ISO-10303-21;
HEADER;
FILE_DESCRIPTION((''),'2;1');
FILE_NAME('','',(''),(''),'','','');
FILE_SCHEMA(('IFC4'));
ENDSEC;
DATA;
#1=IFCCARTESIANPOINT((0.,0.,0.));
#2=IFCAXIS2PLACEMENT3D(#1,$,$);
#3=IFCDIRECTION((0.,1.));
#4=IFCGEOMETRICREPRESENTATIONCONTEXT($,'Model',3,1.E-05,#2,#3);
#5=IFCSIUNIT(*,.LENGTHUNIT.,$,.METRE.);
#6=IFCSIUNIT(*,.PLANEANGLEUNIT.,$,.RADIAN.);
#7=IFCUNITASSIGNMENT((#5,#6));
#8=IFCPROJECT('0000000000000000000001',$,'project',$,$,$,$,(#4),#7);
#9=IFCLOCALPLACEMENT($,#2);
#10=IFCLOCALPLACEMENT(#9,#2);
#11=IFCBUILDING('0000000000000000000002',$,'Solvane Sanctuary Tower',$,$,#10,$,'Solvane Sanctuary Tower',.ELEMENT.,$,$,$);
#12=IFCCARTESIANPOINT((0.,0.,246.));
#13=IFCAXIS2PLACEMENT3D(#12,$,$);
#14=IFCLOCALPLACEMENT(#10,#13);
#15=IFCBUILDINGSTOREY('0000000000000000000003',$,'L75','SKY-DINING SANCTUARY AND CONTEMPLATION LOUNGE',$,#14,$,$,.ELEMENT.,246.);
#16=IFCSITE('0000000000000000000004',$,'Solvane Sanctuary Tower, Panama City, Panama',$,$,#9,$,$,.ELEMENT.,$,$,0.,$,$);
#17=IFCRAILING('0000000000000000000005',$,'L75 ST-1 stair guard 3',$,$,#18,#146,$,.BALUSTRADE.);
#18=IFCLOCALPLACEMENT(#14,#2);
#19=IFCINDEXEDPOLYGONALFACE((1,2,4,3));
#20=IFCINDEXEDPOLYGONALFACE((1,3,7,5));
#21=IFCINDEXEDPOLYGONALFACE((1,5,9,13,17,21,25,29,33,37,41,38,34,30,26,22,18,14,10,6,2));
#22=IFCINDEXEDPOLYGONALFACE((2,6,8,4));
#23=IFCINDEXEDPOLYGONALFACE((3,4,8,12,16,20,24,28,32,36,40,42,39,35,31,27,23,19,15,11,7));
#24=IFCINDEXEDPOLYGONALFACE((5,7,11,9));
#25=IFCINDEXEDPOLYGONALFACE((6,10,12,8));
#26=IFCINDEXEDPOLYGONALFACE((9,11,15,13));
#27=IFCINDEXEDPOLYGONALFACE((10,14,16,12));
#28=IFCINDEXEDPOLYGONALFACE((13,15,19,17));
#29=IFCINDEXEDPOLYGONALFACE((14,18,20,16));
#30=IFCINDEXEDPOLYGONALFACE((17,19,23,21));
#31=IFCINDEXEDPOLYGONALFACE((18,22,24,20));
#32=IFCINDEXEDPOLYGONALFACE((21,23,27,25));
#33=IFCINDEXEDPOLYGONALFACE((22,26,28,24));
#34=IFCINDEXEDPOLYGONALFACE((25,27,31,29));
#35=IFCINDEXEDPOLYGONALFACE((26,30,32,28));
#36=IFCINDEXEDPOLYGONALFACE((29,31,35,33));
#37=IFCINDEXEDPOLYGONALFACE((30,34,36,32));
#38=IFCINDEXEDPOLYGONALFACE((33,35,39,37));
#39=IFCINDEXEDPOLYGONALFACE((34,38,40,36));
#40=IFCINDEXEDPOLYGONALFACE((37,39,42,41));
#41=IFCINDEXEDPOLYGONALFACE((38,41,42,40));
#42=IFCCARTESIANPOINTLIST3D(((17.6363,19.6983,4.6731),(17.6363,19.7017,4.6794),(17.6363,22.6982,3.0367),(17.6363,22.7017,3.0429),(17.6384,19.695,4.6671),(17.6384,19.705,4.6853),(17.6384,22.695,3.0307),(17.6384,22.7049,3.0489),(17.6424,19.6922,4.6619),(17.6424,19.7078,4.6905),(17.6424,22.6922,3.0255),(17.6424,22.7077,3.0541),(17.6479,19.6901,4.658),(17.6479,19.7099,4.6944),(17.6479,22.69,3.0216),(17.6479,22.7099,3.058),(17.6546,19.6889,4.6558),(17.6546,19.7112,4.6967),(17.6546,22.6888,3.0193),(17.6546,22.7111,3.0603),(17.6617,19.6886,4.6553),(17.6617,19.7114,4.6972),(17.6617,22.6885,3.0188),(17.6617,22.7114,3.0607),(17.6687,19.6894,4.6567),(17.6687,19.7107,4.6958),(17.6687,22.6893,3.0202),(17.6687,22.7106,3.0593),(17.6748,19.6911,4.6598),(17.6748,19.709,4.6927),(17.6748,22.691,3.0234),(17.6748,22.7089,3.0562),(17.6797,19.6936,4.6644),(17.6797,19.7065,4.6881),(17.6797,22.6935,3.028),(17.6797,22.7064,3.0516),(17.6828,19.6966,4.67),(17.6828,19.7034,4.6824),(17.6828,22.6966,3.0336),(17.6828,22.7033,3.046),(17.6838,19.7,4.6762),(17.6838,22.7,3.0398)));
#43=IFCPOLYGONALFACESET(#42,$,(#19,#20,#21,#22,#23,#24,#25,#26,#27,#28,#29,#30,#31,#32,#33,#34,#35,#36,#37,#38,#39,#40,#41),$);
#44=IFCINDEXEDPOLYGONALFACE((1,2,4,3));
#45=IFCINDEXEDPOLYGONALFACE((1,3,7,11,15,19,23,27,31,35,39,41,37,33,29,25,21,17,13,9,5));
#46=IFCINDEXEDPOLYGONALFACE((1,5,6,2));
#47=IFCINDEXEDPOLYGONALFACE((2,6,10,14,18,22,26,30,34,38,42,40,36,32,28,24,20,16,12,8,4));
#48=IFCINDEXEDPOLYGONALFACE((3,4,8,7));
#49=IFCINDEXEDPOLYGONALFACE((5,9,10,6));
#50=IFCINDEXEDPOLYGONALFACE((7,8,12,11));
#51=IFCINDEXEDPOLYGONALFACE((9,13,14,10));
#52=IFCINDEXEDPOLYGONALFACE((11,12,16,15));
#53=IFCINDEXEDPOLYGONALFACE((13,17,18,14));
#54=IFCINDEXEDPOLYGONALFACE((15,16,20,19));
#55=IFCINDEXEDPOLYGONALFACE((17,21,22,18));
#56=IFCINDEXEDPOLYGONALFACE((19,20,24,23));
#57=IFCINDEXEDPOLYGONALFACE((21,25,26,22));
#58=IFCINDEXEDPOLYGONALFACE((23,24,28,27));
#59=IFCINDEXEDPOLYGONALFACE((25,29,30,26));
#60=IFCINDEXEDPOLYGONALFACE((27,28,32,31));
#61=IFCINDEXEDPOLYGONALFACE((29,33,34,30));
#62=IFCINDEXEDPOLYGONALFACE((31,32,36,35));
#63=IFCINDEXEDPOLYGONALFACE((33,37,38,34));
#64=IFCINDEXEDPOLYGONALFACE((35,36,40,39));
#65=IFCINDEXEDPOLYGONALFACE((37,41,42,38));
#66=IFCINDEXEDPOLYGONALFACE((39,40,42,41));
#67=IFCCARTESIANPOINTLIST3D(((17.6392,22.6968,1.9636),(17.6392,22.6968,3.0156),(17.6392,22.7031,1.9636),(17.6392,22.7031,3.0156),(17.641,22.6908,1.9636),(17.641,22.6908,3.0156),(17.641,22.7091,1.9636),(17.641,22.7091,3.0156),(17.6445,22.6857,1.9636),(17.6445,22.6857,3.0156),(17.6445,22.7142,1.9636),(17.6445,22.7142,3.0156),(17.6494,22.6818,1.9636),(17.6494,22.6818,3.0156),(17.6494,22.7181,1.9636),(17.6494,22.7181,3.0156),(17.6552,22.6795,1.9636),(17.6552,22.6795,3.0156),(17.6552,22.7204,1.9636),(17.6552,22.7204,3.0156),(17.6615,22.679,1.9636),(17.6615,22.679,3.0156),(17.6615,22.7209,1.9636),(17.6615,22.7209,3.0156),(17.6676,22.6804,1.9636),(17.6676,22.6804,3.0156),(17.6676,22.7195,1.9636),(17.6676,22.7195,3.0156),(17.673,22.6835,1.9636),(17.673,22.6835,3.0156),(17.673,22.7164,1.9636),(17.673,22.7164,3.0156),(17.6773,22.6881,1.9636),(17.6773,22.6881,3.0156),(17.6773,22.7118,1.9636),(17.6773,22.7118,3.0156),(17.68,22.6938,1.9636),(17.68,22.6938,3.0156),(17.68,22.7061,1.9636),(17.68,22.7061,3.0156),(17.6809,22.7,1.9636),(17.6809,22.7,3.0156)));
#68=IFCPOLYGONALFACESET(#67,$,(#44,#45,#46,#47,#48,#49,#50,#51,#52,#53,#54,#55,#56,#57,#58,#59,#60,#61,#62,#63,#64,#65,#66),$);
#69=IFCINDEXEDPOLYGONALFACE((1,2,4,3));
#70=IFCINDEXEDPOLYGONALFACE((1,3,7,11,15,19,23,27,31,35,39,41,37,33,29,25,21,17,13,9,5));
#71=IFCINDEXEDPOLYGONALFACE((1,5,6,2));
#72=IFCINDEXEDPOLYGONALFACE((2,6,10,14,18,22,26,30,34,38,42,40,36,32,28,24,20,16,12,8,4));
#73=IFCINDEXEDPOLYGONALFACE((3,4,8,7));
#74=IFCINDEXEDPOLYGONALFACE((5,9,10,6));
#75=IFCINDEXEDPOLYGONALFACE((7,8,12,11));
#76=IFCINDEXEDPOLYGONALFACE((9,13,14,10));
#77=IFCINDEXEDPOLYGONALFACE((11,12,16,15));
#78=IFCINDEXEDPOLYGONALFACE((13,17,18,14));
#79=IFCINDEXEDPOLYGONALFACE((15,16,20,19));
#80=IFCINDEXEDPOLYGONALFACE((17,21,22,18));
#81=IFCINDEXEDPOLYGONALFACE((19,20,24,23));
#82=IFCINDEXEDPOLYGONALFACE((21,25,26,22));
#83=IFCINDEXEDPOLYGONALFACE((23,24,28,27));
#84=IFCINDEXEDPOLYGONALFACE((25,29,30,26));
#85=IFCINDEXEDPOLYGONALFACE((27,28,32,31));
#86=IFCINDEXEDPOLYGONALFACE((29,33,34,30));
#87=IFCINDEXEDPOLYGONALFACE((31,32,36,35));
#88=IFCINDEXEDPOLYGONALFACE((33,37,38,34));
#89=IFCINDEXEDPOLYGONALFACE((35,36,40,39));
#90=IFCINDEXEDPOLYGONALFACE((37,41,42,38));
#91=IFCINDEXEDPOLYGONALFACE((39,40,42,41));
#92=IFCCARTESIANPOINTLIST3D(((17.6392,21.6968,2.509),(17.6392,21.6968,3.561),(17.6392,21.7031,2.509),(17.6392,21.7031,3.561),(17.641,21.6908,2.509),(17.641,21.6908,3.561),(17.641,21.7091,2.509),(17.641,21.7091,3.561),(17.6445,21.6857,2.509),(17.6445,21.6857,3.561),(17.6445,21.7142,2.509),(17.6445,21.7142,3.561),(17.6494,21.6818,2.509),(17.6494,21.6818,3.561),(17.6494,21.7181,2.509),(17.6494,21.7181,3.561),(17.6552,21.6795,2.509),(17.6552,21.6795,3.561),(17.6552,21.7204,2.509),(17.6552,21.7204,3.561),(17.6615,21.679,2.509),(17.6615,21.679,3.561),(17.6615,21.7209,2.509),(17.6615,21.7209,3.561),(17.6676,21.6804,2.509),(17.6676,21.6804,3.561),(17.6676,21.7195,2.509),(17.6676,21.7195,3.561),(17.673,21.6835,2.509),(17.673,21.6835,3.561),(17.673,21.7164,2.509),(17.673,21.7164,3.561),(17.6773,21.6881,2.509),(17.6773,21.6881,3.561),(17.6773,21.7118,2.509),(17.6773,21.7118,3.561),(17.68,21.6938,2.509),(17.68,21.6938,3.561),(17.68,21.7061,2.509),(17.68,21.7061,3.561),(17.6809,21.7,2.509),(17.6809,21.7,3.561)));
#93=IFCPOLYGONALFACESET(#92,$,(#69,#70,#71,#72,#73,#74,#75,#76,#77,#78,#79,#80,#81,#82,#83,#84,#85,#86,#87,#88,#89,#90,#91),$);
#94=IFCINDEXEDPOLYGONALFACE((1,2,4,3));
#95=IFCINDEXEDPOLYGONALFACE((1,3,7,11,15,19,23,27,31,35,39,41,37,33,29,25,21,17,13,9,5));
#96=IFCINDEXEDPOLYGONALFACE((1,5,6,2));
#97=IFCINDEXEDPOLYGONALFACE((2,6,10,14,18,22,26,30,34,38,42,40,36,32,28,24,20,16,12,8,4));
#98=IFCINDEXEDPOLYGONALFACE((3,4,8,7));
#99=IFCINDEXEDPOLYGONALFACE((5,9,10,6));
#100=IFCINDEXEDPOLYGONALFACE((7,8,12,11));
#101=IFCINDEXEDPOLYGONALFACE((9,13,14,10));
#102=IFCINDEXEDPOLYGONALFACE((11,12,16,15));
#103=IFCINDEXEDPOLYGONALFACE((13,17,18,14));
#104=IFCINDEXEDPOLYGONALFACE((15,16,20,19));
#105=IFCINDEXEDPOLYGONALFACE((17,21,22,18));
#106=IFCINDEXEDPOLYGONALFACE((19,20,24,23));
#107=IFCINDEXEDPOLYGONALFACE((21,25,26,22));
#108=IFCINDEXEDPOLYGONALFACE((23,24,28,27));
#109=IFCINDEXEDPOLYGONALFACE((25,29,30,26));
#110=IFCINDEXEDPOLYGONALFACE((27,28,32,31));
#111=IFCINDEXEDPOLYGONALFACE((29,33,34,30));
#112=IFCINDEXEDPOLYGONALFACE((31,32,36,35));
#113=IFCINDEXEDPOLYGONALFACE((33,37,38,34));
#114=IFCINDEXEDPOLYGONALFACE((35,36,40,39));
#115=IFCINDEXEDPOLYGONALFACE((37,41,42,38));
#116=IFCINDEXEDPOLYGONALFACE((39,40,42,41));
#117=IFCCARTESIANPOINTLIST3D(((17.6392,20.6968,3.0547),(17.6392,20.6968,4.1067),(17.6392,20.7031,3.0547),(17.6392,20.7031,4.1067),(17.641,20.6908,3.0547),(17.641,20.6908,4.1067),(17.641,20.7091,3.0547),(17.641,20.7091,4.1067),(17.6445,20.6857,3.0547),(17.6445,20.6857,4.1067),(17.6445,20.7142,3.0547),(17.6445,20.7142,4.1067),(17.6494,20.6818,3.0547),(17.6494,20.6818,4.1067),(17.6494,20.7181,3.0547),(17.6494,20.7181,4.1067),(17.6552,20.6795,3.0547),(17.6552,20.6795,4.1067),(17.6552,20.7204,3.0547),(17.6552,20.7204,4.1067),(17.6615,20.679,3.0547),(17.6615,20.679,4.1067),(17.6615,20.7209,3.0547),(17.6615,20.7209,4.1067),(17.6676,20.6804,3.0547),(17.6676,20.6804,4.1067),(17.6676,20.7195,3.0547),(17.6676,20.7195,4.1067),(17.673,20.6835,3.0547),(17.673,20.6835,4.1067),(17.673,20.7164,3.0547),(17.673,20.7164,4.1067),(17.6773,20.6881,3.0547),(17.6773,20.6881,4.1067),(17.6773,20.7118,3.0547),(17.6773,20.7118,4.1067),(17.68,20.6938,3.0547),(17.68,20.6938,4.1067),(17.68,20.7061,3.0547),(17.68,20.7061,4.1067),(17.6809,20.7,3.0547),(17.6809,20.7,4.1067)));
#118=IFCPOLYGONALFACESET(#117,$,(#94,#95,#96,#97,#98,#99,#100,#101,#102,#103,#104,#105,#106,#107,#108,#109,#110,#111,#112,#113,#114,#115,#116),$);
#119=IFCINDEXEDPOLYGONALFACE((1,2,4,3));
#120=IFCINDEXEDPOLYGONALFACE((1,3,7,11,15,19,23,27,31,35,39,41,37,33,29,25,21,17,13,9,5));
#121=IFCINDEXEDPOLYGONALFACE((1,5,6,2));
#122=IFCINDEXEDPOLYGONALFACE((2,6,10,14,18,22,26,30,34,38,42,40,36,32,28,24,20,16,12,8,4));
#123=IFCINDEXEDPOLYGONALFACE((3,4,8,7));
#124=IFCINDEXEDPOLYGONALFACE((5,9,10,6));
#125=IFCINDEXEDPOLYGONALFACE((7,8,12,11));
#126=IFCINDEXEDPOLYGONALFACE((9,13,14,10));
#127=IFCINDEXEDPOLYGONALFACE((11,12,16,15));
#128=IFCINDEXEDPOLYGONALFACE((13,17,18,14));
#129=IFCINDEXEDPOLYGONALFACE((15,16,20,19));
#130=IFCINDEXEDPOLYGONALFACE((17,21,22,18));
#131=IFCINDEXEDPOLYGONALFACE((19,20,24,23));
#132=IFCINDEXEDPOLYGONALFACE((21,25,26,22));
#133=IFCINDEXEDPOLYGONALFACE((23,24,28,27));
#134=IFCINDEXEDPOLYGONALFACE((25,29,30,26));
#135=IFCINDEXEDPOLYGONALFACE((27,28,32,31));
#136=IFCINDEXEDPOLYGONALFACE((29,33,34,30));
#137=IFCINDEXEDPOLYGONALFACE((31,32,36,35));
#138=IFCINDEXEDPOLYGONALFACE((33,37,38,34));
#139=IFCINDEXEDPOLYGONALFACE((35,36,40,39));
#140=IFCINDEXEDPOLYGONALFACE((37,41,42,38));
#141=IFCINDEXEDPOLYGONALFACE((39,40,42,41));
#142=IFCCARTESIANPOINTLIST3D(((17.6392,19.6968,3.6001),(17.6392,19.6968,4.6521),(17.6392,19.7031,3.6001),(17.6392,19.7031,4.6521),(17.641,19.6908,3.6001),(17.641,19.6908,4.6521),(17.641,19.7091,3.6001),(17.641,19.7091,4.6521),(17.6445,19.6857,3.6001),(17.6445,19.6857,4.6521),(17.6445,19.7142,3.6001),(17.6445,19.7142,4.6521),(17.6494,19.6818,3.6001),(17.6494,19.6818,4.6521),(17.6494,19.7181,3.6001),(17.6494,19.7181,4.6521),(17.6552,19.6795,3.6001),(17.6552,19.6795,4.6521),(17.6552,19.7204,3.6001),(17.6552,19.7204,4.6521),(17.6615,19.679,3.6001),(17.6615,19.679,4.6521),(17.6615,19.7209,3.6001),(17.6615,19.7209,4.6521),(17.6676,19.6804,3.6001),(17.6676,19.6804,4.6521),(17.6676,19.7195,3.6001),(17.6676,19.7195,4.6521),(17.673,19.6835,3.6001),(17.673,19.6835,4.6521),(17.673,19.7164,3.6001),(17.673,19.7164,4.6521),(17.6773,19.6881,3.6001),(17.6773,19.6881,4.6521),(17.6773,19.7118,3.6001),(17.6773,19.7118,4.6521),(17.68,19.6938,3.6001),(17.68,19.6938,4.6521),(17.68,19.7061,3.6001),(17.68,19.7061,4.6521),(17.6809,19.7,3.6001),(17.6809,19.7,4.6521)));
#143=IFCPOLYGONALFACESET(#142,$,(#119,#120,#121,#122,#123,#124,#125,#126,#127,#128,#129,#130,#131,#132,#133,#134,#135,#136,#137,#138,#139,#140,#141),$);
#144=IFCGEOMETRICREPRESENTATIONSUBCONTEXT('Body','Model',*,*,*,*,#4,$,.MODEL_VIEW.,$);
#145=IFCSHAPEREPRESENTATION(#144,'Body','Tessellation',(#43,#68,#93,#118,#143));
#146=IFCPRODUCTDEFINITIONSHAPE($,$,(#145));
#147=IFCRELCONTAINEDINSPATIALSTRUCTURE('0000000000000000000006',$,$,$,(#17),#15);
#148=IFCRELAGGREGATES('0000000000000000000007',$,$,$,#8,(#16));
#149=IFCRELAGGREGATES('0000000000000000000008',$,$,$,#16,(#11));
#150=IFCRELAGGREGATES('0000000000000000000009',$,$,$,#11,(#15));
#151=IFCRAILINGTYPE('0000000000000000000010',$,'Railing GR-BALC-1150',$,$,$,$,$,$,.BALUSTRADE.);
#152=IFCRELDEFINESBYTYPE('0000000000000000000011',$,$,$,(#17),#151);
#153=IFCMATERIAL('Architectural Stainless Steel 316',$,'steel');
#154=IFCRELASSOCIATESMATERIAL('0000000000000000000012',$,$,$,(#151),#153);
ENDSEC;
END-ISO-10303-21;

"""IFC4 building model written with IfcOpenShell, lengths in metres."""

from ifc_helpers import new_model, si_unit, direction, frame, origin, origin_2d, place, context, subcontext, project, spatial, circle, extrude, material, type_object, element, save


model = new_model("IFC4")

# Units and contexts
model_context = context("Model", 3, precision=1e-05, world=origin(), true_north=direction((0.0, 1.0)))
body_context = subcontext(model_context, "Body", "Model", "MODEL_VIEW")
ifc_project = project(units=[si_unit("LENGTHUNIT", "METRE"), si_unit("PLANEANGLEUNIT", "RADIAN")], contexts=[model_context])

# Site, building, storey
site_placement = place(None, origin())
site = spatial("IfcSite", under=ifc_project, at=site_placement, Name="Solvane Sanctuary Tower, Panama City, Panama", CompositionType="ELEMENT", RefElevation=0.0)
building_placement = place(site_placement, origin())
building = spatial("IfcBuilding", under=site, at=building_placement, Name="Solvane Sanctuary Tower", LongName="Solvane Sanctuary Tower", CompositionType="ELEMENT")
storey_placement = place(building_placement, frame((0.0, 0.0, 246.0)))
storey = spatial("IfcBuildingStorey", under=building, at=storey_placement, Name="L75", Description="SKY-DINING SANCTUARY AND CONTEMPLATION LOUNGE", CompositionType="ELEMENT", Elevation=246.0)

# Shared definitions
ifc_material_1 = material(Name="Architectural Stainless Steel 316", Category="steel")

# Railing
railing_type_1 = type_object("IfcRailingType", Name="Railing GR-BALC-1150", PredefinedType="BALUSTRADE", material=ifc_material_1)
railing_1_placement = place(storey_placement, frame((17.6599, 22.7, 1.9636)))
element("IfcRailing", 1, at=railing_1_placement, inside=storey, type_object=railing_type_1, Name="L75 ST-1 stair guard 3", PredefinedType="BALUSTRADE", context=body_context, shape_type="SweptSolid", body=[
    extrude(circle(Radius=0.0239, at=origin_2d()), frame((0.0, 0.0, 1.0762), z_axis=(0.0, -0.877882, 0.478877), x_axis=(1.0, 0.0, 0.0)), (0.0, 0.0, 1.0), 3.4172),
    extrude(circle(Radius=0.021, at=origin_2d()), origin(), (0.0, 0.0, 1.0), 1.052),
    extrude(circle(Radius=0.021, at=origin_2d()), frame((0.0, -1.0, 0.5454)), (0.0, 0.0, 1.0), 1.052),
    extrude(circle(Radius=0.021, at=origin_2d()), frame((0.0, -2.0, 1.0911)), (0.0, 0.0, 1.0), 1.052),
    extrude(circle(Radius=0.021, at=origin_2d()), frame((0.0, -3.0, 1.6365)), (0.0, 0.0, 1.0), 1.052),
])

save(model, "model.ifc")
